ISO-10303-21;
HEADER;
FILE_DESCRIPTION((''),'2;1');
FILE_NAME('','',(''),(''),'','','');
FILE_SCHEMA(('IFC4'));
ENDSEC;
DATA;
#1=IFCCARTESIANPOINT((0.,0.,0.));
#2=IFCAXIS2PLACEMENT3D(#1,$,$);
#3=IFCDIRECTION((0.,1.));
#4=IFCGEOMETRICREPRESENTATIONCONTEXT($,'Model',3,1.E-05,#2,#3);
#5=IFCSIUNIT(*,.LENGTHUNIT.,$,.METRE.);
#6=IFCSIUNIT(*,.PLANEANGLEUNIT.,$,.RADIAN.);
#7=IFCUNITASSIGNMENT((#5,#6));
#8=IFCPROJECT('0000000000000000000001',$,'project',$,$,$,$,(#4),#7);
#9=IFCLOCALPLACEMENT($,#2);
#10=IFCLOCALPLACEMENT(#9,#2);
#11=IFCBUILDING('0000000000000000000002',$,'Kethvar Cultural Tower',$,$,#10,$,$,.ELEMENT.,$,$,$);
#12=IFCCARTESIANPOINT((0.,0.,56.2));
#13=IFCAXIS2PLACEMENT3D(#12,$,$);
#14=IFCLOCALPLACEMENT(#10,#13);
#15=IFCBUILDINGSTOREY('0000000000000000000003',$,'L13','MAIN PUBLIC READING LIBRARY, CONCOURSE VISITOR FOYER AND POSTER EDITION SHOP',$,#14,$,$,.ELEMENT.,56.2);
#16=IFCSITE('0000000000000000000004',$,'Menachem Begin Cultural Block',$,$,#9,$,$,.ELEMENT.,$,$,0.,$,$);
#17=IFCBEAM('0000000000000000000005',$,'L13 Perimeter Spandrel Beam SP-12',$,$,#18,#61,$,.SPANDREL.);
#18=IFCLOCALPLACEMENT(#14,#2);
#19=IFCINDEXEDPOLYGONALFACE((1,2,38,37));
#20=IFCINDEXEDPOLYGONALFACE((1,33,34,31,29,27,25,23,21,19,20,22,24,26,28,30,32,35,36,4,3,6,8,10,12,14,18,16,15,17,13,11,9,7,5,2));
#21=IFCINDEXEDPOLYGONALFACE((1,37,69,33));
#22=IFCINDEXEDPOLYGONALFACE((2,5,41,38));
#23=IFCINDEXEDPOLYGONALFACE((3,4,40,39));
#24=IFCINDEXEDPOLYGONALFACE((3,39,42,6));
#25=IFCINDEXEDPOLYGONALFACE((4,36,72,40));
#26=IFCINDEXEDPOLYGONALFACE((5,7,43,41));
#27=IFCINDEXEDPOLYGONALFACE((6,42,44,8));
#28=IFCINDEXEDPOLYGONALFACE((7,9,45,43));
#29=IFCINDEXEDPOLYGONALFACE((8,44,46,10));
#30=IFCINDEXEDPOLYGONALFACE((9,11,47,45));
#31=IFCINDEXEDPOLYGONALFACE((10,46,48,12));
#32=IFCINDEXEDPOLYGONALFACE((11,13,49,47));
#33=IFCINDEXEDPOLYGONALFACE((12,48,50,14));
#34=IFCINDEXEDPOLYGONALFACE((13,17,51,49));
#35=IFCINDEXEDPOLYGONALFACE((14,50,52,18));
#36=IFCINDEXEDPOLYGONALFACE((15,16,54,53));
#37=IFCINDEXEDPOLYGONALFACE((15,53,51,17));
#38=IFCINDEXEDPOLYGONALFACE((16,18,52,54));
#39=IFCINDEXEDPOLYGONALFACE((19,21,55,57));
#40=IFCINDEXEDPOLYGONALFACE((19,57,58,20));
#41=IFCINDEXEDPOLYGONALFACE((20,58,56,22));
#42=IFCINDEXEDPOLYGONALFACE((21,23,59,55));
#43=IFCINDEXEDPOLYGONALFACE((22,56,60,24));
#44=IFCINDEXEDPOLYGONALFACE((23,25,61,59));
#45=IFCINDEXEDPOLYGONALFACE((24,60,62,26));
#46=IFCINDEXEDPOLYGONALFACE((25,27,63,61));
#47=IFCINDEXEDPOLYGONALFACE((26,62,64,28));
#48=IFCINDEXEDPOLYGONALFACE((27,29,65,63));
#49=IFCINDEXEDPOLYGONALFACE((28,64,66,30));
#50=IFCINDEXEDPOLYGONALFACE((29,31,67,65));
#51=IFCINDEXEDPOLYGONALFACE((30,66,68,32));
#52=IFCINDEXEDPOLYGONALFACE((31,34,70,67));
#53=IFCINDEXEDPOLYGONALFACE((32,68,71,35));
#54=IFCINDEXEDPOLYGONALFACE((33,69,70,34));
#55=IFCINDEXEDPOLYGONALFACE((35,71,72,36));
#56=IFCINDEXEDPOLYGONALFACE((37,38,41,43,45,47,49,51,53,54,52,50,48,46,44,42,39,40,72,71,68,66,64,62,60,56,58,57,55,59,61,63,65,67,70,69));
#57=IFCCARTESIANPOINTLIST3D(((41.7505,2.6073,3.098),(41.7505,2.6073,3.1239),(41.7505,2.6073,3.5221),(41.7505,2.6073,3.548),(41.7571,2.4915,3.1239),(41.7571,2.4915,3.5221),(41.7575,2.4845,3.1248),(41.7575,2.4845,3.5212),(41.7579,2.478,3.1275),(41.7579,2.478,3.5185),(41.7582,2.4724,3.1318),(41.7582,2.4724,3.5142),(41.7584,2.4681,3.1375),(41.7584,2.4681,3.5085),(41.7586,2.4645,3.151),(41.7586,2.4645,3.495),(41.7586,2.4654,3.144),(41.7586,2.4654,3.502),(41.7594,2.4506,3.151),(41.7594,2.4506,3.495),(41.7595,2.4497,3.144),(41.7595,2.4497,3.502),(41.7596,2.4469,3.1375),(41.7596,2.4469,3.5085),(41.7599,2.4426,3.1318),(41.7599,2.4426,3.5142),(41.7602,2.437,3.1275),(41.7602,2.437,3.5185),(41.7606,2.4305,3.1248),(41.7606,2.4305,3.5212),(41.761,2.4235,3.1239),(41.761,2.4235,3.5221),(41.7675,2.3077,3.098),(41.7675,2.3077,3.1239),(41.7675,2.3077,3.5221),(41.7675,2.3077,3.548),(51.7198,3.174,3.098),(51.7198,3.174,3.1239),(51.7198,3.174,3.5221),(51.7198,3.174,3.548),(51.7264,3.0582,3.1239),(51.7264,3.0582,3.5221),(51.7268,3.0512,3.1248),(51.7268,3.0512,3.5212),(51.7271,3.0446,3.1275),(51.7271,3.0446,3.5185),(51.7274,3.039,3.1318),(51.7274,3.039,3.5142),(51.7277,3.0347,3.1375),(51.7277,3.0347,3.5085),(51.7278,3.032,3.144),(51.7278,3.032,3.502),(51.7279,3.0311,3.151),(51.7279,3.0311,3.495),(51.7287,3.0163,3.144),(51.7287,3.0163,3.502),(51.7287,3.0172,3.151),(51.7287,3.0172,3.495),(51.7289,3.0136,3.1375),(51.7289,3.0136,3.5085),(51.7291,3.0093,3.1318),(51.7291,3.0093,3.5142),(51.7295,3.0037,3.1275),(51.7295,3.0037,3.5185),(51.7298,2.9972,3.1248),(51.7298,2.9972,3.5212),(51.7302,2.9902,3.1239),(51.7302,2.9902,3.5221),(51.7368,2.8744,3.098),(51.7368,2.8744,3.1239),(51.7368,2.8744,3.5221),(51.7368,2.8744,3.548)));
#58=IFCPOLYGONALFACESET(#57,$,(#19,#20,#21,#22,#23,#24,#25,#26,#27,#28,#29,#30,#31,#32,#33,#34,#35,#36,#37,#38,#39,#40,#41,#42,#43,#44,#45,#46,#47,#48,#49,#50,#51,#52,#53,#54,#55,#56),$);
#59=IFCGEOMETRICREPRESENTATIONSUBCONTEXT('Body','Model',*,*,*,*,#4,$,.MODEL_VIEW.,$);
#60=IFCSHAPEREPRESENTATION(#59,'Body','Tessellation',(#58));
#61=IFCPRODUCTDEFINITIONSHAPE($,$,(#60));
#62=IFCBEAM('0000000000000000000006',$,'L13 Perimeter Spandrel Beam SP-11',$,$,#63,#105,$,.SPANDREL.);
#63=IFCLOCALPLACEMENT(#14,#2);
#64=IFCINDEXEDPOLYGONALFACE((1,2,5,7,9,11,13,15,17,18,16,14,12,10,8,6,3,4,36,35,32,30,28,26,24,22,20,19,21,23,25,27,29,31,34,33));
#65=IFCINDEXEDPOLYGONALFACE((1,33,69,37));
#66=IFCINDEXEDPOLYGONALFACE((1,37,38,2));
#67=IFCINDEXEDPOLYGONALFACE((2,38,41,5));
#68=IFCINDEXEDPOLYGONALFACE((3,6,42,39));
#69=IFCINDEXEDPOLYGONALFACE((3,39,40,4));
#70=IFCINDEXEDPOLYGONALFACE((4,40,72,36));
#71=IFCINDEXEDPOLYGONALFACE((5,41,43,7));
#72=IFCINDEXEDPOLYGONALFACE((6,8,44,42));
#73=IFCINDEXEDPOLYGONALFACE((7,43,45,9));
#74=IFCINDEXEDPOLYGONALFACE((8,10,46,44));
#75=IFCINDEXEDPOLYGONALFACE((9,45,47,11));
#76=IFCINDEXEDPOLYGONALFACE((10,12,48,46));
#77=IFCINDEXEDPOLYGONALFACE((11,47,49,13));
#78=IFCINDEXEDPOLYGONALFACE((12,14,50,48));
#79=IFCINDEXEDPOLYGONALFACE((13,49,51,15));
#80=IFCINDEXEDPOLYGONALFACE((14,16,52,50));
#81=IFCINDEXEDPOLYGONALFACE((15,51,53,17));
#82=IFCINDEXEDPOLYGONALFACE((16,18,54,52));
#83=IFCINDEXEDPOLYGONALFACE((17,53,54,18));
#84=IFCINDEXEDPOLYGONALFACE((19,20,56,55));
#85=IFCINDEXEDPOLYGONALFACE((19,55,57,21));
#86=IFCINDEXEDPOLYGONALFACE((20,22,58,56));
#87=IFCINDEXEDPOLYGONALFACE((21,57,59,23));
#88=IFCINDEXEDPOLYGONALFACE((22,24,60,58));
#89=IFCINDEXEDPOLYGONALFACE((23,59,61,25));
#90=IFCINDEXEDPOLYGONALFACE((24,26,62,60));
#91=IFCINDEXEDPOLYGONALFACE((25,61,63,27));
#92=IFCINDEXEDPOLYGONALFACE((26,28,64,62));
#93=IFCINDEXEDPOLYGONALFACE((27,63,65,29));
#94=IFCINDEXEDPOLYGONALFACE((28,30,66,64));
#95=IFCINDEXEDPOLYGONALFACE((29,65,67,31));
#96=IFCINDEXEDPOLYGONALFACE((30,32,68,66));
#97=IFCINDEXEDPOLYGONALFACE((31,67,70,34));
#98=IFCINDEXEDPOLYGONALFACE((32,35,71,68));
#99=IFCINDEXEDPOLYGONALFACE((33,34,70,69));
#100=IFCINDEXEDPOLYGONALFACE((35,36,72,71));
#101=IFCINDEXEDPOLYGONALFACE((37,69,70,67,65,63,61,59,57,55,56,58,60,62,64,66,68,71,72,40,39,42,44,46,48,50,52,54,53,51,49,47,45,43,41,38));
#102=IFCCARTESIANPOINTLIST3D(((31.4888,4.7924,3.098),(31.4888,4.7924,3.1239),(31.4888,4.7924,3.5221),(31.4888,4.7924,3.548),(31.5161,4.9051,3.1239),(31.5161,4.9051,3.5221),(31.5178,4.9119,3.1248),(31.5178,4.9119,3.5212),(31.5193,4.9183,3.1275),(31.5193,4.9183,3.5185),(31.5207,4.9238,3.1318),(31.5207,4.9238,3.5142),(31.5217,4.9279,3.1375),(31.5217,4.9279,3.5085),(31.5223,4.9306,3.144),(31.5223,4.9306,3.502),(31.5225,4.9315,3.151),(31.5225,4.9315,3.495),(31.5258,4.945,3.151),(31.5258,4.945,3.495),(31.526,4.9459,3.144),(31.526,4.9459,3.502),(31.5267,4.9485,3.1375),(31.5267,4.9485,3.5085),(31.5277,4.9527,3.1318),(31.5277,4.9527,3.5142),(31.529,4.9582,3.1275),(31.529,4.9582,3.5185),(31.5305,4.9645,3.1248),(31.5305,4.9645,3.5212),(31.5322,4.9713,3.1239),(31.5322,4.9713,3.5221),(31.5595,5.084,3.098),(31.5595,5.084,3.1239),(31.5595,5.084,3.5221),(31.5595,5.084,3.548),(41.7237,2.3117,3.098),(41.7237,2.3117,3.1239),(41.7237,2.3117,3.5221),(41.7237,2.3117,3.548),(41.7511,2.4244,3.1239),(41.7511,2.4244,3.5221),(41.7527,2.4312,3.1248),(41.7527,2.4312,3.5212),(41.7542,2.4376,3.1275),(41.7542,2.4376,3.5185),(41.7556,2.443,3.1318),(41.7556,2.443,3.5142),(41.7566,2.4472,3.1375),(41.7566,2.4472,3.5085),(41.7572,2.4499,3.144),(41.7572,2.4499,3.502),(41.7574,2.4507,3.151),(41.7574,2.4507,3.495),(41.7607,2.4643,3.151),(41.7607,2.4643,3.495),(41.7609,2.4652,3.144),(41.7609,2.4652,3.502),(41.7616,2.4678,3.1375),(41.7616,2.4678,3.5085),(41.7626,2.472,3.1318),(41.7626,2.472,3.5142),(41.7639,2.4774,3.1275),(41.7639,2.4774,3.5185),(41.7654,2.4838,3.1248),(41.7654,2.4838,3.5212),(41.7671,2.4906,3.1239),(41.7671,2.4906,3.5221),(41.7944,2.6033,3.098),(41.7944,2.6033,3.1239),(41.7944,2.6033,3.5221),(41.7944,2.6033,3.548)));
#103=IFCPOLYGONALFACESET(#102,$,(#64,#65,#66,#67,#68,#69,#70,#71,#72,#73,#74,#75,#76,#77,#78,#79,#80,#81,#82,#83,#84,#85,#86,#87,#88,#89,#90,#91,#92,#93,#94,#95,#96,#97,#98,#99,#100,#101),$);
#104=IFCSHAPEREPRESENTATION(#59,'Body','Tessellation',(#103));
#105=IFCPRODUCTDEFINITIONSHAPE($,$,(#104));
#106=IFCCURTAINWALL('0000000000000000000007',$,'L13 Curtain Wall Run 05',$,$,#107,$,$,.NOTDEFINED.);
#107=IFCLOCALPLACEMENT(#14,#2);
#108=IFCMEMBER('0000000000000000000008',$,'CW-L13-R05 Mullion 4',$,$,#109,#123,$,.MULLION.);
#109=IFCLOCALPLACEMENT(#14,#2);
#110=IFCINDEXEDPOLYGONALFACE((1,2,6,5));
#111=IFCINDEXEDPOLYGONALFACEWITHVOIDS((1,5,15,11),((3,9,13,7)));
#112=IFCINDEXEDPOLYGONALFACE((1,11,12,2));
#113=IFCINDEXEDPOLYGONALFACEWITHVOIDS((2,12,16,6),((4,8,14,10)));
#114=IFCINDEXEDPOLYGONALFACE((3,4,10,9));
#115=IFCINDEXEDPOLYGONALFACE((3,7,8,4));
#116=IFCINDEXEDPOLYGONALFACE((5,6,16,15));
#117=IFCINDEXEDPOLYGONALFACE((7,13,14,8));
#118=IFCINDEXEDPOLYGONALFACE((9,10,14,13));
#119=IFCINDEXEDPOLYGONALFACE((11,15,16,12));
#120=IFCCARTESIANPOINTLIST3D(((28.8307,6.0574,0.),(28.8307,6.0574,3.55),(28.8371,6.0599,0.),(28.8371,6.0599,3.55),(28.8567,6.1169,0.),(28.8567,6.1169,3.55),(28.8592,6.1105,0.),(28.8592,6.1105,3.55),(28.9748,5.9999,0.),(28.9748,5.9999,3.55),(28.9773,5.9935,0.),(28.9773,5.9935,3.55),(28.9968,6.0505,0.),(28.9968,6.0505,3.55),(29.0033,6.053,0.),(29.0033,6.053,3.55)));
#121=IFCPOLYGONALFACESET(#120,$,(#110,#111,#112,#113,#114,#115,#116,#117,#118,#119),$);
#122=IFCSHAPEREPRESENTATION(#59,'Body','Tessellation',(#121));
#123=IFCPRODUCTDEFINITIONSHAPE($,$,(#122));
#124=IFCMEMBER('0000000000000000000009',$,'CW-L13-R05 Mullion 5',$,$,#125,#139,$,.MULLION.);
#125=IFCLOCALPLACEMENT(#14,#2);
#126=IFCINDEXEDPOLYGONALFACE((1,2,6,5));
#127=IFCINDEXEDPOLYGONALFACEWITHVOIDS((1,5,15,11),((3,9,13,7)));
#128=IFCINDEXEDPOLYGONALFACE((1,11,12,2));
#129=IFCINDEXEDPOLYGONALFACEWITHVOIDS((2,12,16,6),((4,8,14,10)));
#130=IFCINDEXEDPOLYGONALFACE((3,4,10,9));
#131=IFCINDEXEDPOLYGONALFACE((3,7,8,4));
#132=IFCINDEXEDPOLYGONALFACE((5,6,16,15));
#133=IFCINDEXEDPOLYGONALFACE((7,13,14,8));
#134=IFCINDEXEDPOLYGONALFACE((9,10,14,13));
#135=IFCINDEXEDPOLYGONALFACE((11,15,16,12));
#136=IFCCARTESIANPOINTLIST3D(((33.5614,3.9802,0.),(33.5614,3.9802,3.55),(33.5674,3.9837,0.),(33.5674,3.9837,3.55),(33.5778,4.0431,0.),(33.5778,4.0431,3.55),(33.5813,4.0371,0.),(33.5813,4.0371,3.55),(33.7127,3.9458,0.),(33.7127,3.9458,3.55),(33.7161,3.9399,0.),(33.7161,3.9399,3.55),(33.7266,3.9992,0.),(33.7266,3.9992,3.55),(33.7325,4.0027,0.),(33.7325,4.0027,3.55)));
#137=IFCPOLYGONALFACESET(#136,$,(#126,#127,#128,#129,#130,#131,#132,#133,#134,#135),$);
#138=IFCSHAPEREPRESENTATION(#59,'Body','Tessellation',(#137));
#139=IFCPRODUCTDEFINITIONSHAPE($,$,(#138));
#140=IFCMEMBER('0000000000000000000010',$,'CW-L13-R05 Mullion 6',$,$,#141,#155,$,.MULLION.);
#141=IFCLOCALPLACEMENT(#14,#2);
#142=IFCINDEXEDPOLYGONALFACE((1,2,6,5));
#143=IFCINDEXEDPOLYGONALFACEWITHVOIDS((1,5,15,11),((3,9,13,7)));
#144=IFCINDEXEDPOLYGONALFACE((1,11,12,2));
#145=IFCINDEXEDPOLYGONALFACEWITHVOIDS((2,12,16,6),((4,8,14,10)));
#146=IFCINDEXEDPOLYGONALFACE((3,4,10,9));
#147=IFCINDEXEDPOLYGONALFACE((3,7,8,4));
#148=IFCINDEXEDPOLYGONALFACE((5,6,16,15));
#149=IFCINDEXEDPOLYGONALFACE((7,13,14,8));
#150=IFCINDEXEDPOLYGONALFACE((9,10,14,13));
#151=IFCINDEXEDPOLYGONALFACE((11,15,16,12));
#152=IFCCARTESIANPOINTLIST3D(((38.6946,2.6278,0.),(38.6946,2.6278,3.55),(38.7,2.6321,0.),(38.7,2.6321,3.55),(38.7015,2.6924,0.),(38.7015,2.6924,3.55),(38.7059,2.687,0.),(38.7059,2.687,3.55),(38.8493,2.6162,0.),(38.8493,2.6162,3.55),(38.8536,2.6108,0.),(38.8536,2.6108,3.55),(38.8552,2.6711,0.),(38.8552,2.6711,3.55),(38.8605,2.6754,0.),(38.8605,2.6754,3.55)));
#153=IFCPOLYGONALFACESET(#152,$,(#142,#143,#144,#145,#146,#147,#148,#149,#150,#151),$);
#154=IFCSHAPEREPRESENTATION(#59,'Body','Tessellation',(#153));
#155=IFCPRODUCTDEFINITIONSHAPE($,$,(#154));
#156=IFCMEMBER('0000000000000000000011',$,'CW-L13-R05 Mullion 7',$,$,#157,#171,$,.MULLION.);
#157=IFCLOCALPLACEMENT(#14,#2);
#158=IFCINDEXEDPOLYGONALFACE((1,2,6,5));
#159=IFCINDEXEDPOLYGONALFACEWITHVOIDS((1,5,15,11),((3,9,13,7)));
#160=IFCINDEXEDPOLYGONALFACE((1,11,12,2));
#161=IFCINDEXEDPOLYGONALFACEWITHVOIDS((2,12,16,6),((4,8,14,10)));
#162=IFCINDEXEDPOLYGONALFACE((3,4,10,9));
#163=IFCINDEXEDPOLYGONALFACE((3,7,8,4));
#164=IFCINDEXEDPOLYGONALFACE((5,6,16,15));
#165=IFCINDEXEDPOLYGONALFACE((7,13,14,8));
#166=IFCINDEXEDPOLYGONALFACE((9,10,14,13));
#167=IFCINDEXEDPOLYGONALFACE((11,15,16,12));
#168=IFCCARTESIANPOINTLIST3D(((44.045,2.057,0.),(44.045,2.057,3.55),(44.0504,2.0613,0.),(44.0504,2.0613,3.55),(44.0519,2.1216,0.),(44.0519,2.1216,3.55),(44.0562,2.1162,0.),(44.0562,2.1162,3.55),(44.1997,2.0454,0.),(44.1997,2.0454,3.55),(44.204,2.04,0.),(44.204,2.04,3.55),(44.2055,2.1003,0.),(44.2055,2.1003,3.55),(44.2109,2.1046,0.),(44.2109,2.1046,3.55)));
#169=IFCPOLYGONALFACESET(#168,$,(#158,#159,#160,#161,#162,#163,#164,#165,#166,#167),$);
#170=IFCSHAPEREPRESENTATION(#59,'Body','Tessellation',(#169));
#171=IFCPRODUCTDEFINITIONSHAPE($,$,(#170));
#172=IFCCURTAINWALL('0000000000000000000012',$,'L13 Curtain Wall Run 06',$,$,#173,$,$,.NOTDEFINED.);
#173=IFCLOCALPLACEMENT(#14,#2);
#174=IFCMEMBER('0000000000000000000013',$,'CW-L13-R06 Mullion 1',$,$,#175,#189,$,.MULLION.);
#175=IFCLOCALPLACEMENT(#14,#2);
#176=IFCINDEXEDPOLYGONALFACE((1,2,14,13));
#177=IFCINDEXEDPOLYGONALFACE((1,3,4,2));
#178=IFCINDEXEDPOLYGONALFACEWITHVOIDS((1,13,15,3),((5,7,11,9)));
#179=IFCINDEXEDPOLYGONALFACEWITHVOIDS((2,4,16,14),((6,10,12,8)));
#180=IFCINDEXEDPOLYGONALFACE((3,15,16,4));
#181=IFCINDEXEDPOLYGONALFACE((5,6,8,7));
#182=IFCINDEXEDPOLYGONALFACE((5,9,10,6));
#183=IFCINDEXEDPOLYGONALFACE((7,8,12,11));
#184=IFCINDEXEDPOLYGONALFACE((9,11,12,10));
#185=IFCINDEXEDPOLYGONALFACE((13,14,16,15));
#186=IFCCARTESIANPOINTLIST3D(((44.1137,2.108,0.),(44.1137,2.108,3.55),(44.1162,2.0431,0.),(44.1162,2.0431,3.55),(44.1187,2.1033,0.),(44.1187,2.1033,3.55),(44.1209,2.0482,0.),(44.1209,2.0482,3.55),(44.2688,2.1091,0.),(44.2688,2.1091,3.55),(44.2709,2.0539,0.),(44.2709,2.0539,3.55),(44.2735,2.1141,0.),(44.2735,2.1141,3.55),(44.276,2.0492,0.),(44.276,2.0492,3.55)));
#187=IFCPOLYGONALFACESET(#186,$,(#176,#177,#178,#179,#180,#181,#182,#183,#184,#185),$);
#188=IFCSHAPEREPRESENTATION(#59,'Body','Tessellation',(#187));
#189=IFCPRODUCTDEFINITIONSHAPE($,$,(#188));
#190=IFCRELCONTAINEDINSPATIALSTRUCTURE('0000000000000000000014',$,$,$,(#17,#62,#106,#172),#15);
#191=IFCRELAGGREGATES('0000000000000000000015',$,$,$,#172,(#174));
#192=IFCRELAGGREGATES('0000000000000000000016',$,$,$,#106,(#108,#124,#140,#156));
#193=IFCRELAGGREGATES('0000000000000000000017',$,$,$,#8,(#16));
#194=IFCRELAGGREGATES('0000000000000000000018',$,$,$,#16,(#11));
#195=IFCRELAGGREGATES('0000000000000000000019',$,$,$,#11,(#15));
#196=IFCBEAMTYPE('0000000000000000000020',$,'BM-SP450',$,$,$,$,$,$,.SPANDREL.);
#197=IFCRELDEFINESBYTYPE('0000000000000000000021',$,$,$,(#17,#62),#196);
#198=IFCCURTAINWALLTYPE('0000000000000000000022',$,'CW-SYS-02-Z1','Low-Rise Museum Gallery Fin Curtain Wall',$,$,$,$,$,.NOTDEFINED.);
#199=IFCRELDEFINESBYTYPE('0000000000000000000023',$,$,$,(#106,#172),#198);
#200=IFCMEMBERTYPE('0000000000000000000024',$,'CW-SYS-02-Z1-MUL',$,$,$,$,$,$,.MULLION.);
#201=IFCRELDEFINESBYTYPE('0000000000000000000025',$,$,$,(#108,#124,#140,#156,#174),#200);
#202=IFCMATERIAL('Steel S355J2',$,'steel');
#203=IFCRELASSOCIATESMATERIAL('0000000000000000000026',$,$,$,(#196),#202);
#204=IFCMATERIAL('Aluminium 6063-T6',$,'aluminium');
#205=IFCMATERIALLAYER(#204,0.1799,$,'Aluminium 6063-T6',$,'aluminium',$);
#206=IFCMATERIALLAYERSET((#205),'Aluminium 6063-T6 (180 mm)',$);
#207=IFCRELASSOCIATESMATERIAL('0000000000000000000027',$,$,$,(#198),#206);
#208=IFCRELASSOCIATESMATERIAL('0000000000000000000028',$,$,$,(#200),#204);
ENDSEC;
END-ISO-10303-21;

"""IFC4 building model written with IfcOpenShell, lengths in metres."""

from ifc_helpers import new_model, si_unit, direction, frame, origin, origin_2d, place, context, subcontext, project, spatial, hollow_rectangle, i_section, extrude, source, transform, mapped, material, layer, layer_set, material_profile, profile_set, type_object, element, aggregate, save


model = new_model("IFC4")

# Units and contexts
model_context = context("Model", 3, precision=1e-05, world=origin(), true_north=direction((0.0, 1.0)))
body_context = subcontext(model_context, "Body", "Model", "MODEL_VIEW")
ifc_project = project(units=[si_unit("LENGTHUNIT", "METRE"), si_unit("PLANEANGLEUNIT", "RADIAN")], contexts=[model_context])

# Site, building, storey
site_placement = place(None, origin())
site = spatial("IfcSite", under=ifc_project, at=site_placement, Name="Menachem Begin Cultural Block", CompositionType="ELEMENT", RefElevation=0.0)
building_placement = place(site_placement, origin())
building = spatial("IfcBuilding", under=site, at=building_placement, Name="Kethvar Cultural Tower", CompositionType="ELEMENT")
storey_placement = place(building_placement, frame((0.0, 0.0, 56.2)))
storey = spatial("IfcBuildingStorey", under=building, at=storey_placement, Name="L13", Description="MAIN PUBLIC READING LIBRARY, CONCOURSE VISITOR FOYER AND POSTER EDITION SHOP", CompositionType="ELEMENT", Elevation=56.2)

# Beams
ifc_material_1 = material(Name="Steel S355J2", Category="steel")
ifc_material_profile_1 = material_profile(ifc_material_1, i_section(OverallWidth=0.3, OverallDepth=0.45, WebThickness=0.0139, FlangeThickness=0.0259, FilletRadius=0.0271, at=origin_2d()), Name="Steel S355J2 — HEB450")
ifc_profile_set_1 = profile_set([ifc_material_profile_1], Name="Steel S355J2 — HEB450")
beam_type_1 = type_object("IfcBeamType", Name="BM-SP450", PredefinedType="SPANDREL", material=ifc_profile_set_1)
shared_shape_1 = source(origin(), body_context, "Body", "SweptSolid", [
    extrude(i_section(OverallWidth=0.3, OverallDepth=0.45, WebThickness=0.0139, FlangeThickness=0.0259, FilletRadius=0.0271, at=origin_2d()), origin(), (0.0, 0.0, 1.0), 9.9854),
])
beam_1_placement = place(storey_placement, frame((41.759, 2.4575, 3.323), z_axis=(0.998389, 0.056748, 0.0), x_axis=(-0.056748, 0.998389, 0.0)))
element("IfcBeam", 1, at=beam_1_placement, inside=storey, type_object=beam_type_1, Name="L13 Perimeter Spandrel Beam SP-12", PredefinedType="SPANDREL", context=body_context, shape_type="MappedRepresentation", body=[
    mapped(shared_shape_1, transform((0.0, 0.0, 0.0), scale=1.0)),
])
shared_shape_2 = source(origin(), body_context, "Body", "SweptSolid", [
    extrude(i_section(OverallWidth=0.3, OverallDepth=0.45, WebThickness=0.0139, FlangeThickness=0.0259, FilletRadius=0.0271, at=origin_2d()), origin(), (0.0, 0.0, 1.0), 10.5312),
])
beam_2_placement = place(storey_placement, frame((31.5242, 4.9382, 3.323), z_axis=(0.97186, -0.235558, 0.0), x_axis=(0.235558, 0.97186, 0.0)))
element("IfcBeam", 2, at=beam_2_placement, inside=storey, type_object=beam_type_1, Name="L13 Perimeter Spandrel Beam SP-11", PredefinedType="SPANDREL", context=body_context, shape_type="MappedRepresentation", body=[
    mapped(shared_shape_2, transform((0.0, 0.0, 0.0), scale=1.0)),
])

# Curtain wall, members
ifc_material_2 = material(Name="Aluminium 6063-T6", Category="aluminium")
ifc_layer_1 = layer(ifc_material_2, 0.1799, Name="Aluminium 6063-T6", Category="aluminium")
ifc_layer_set_1 = layer_set([ifc_layer_1], Name="Aluminium 6063-T6 (180 mm)")
curtain_wall_type = type_object("IfcCurtainWallType", Name="CW-SYS-02-Z1", Description="Low-Rise Museum Gallery Fin Curtain Wall", PredefinedType="NOTDEFINED", material=ifc_layer_set_1)
curtain_wall_1_placement = place(storey_placement, origin())
curtain_wall_1 = element("IfcCurtainWall", 3, at=curtain_wall_1_placement, inside=storey, type_object=curtain_wall_type, Name="L13 Curtain Wall Run 05", PredefinedType="NOTDEFINED")
ifc_material_profile_2 = material_profile(ifc_material_2, hollow_rectangle(XDim=0.0649, YDim=0.1599, WallThickness=0.0049, at=origin_2d()), Name="Aluminium 6063-T6 — RHS160x65x5")
ifc_profile_set_2 = profile_set([ifc_material_profile_2], Name="Aluminium 6063-T6 — RHS160x65x5")
member_type_1 = type_object("IfcMemberType", Name="CW-SYS-02-Z1-MUL", PredefinedType="MULLION", material=ifc_profile_set_2)
shared_shape_3 = source(origin(), body_context, "Body", "SweptSolid", [
    extrude(hollow_rectangle(XDim=0.0649, YDim=0.1599, WallThickness=0.0049, at=origin_2d()), origin(), (0.0, 0.0, 1.0), 3.55),
])
member_1_placement = place(storey_placement, frame((28.917, 6.0552, 0.0), z_axis=(0.0, 0.0, 1.0), x_axis=(0.399645, 0.91667, 0.0)))
member_1 = element("IfcMember", 4, at=member_1_placement, type_object=member_type_1, Name="CW-L13-R05 Mullion 4", PredefinedType="MULLION", context=body_context, shape_type="MappedRepresentation", body=[
    mapped(shared_shape_3, transform((0.0, 0.0, 0.0), scale=1.0)),
])
member_2_placement = place(storey_placement, frame((33.647, 3.9915, 0.0), z_axis=(0.0, 0.0, 1.0), x_axis=(0.252424, 0.967617, 0.0)))
member_2 = element("IfcMember", 5, at=member_2_placement, type_object=member_type_1, Name="CW-L13-R05 Mullion 5", PredefinedType="MULLION", context=body_context, shape_type="MappedRepresentation", body=[
    mapped(shared_shape_3, transform((0.0, 0.0, 0.0), scale=1.0)),
])
member_3_placement = place(storey_placement, frame((38.7776, 2.6516, 0.0), z_axis=(0.0, 0.0, 1.0), x_axis=(0.106073, 0.994358, 0.0)))
member_3 = element("IfcMember", 6, at=member_3_placement, type_object=member_type_1, Name="CW-L13-R05 Mullion 6", PredefinedType="MULLION", context=body_context, shape_type="MappedRepresentation", body=[
    mapped(shared_shape_3, transform((0.0, 0.0, 0.0), scale=1.0)),
])
member_4_placement = place(storey_placement, frame((44.1279, 2.0808, 0.0), z_axis=(0.0, 0.0, 1.0), x_axis=(0.106073, 0.994358, 0.0)))
member_4 = element("IfcMember", 7, at=member_4_placement, type_object=member_type_1, Name="CW-L13-R05 Mullion 7", PredefinedType="MULLION", context=body_context, shape_type="MappedRepresentation", body=[
    mapped(shared_shape_3, transform((0.0, 0.0, 0.0), scale=1.0)),
])

# Curtain wall, member
curtain_wall_2_placement = place(storey_placement, origin())
curtain_wall_2 = element("IfcCurtainWall", 8, at=curtain_wall_2_placement, inside=storey, type_object=curtain_wall_type, Name="L13 Curtain Wall Run 06", PredefinedType="NOTDEFINED")
member_5_placement = place(storey_placement, frame((44.1948, 2.0786, 0.0), z_axis=(0.0, 0.0, 1.0), x_axis=(-0.03837, 0.999264, 0.0)))
member_5 = element("IfcMember", 9, at=member_5_placement, type_object=member_type_1, Name="CW-L13-R06 Mullion 1", PredefinedType="MULLION", context=body_context, shape_type="MappedRepresentation", body=[
    mapped(shared_shape_3, transform((0.0, 0.0, 0.0), scale=1.0)),
])

aggregate(curtain_wall_2, [member_5])

aggregate(curtain_wall_1, [member_1, member_2, member_3, member_4])

save(model, "model.ifc")
